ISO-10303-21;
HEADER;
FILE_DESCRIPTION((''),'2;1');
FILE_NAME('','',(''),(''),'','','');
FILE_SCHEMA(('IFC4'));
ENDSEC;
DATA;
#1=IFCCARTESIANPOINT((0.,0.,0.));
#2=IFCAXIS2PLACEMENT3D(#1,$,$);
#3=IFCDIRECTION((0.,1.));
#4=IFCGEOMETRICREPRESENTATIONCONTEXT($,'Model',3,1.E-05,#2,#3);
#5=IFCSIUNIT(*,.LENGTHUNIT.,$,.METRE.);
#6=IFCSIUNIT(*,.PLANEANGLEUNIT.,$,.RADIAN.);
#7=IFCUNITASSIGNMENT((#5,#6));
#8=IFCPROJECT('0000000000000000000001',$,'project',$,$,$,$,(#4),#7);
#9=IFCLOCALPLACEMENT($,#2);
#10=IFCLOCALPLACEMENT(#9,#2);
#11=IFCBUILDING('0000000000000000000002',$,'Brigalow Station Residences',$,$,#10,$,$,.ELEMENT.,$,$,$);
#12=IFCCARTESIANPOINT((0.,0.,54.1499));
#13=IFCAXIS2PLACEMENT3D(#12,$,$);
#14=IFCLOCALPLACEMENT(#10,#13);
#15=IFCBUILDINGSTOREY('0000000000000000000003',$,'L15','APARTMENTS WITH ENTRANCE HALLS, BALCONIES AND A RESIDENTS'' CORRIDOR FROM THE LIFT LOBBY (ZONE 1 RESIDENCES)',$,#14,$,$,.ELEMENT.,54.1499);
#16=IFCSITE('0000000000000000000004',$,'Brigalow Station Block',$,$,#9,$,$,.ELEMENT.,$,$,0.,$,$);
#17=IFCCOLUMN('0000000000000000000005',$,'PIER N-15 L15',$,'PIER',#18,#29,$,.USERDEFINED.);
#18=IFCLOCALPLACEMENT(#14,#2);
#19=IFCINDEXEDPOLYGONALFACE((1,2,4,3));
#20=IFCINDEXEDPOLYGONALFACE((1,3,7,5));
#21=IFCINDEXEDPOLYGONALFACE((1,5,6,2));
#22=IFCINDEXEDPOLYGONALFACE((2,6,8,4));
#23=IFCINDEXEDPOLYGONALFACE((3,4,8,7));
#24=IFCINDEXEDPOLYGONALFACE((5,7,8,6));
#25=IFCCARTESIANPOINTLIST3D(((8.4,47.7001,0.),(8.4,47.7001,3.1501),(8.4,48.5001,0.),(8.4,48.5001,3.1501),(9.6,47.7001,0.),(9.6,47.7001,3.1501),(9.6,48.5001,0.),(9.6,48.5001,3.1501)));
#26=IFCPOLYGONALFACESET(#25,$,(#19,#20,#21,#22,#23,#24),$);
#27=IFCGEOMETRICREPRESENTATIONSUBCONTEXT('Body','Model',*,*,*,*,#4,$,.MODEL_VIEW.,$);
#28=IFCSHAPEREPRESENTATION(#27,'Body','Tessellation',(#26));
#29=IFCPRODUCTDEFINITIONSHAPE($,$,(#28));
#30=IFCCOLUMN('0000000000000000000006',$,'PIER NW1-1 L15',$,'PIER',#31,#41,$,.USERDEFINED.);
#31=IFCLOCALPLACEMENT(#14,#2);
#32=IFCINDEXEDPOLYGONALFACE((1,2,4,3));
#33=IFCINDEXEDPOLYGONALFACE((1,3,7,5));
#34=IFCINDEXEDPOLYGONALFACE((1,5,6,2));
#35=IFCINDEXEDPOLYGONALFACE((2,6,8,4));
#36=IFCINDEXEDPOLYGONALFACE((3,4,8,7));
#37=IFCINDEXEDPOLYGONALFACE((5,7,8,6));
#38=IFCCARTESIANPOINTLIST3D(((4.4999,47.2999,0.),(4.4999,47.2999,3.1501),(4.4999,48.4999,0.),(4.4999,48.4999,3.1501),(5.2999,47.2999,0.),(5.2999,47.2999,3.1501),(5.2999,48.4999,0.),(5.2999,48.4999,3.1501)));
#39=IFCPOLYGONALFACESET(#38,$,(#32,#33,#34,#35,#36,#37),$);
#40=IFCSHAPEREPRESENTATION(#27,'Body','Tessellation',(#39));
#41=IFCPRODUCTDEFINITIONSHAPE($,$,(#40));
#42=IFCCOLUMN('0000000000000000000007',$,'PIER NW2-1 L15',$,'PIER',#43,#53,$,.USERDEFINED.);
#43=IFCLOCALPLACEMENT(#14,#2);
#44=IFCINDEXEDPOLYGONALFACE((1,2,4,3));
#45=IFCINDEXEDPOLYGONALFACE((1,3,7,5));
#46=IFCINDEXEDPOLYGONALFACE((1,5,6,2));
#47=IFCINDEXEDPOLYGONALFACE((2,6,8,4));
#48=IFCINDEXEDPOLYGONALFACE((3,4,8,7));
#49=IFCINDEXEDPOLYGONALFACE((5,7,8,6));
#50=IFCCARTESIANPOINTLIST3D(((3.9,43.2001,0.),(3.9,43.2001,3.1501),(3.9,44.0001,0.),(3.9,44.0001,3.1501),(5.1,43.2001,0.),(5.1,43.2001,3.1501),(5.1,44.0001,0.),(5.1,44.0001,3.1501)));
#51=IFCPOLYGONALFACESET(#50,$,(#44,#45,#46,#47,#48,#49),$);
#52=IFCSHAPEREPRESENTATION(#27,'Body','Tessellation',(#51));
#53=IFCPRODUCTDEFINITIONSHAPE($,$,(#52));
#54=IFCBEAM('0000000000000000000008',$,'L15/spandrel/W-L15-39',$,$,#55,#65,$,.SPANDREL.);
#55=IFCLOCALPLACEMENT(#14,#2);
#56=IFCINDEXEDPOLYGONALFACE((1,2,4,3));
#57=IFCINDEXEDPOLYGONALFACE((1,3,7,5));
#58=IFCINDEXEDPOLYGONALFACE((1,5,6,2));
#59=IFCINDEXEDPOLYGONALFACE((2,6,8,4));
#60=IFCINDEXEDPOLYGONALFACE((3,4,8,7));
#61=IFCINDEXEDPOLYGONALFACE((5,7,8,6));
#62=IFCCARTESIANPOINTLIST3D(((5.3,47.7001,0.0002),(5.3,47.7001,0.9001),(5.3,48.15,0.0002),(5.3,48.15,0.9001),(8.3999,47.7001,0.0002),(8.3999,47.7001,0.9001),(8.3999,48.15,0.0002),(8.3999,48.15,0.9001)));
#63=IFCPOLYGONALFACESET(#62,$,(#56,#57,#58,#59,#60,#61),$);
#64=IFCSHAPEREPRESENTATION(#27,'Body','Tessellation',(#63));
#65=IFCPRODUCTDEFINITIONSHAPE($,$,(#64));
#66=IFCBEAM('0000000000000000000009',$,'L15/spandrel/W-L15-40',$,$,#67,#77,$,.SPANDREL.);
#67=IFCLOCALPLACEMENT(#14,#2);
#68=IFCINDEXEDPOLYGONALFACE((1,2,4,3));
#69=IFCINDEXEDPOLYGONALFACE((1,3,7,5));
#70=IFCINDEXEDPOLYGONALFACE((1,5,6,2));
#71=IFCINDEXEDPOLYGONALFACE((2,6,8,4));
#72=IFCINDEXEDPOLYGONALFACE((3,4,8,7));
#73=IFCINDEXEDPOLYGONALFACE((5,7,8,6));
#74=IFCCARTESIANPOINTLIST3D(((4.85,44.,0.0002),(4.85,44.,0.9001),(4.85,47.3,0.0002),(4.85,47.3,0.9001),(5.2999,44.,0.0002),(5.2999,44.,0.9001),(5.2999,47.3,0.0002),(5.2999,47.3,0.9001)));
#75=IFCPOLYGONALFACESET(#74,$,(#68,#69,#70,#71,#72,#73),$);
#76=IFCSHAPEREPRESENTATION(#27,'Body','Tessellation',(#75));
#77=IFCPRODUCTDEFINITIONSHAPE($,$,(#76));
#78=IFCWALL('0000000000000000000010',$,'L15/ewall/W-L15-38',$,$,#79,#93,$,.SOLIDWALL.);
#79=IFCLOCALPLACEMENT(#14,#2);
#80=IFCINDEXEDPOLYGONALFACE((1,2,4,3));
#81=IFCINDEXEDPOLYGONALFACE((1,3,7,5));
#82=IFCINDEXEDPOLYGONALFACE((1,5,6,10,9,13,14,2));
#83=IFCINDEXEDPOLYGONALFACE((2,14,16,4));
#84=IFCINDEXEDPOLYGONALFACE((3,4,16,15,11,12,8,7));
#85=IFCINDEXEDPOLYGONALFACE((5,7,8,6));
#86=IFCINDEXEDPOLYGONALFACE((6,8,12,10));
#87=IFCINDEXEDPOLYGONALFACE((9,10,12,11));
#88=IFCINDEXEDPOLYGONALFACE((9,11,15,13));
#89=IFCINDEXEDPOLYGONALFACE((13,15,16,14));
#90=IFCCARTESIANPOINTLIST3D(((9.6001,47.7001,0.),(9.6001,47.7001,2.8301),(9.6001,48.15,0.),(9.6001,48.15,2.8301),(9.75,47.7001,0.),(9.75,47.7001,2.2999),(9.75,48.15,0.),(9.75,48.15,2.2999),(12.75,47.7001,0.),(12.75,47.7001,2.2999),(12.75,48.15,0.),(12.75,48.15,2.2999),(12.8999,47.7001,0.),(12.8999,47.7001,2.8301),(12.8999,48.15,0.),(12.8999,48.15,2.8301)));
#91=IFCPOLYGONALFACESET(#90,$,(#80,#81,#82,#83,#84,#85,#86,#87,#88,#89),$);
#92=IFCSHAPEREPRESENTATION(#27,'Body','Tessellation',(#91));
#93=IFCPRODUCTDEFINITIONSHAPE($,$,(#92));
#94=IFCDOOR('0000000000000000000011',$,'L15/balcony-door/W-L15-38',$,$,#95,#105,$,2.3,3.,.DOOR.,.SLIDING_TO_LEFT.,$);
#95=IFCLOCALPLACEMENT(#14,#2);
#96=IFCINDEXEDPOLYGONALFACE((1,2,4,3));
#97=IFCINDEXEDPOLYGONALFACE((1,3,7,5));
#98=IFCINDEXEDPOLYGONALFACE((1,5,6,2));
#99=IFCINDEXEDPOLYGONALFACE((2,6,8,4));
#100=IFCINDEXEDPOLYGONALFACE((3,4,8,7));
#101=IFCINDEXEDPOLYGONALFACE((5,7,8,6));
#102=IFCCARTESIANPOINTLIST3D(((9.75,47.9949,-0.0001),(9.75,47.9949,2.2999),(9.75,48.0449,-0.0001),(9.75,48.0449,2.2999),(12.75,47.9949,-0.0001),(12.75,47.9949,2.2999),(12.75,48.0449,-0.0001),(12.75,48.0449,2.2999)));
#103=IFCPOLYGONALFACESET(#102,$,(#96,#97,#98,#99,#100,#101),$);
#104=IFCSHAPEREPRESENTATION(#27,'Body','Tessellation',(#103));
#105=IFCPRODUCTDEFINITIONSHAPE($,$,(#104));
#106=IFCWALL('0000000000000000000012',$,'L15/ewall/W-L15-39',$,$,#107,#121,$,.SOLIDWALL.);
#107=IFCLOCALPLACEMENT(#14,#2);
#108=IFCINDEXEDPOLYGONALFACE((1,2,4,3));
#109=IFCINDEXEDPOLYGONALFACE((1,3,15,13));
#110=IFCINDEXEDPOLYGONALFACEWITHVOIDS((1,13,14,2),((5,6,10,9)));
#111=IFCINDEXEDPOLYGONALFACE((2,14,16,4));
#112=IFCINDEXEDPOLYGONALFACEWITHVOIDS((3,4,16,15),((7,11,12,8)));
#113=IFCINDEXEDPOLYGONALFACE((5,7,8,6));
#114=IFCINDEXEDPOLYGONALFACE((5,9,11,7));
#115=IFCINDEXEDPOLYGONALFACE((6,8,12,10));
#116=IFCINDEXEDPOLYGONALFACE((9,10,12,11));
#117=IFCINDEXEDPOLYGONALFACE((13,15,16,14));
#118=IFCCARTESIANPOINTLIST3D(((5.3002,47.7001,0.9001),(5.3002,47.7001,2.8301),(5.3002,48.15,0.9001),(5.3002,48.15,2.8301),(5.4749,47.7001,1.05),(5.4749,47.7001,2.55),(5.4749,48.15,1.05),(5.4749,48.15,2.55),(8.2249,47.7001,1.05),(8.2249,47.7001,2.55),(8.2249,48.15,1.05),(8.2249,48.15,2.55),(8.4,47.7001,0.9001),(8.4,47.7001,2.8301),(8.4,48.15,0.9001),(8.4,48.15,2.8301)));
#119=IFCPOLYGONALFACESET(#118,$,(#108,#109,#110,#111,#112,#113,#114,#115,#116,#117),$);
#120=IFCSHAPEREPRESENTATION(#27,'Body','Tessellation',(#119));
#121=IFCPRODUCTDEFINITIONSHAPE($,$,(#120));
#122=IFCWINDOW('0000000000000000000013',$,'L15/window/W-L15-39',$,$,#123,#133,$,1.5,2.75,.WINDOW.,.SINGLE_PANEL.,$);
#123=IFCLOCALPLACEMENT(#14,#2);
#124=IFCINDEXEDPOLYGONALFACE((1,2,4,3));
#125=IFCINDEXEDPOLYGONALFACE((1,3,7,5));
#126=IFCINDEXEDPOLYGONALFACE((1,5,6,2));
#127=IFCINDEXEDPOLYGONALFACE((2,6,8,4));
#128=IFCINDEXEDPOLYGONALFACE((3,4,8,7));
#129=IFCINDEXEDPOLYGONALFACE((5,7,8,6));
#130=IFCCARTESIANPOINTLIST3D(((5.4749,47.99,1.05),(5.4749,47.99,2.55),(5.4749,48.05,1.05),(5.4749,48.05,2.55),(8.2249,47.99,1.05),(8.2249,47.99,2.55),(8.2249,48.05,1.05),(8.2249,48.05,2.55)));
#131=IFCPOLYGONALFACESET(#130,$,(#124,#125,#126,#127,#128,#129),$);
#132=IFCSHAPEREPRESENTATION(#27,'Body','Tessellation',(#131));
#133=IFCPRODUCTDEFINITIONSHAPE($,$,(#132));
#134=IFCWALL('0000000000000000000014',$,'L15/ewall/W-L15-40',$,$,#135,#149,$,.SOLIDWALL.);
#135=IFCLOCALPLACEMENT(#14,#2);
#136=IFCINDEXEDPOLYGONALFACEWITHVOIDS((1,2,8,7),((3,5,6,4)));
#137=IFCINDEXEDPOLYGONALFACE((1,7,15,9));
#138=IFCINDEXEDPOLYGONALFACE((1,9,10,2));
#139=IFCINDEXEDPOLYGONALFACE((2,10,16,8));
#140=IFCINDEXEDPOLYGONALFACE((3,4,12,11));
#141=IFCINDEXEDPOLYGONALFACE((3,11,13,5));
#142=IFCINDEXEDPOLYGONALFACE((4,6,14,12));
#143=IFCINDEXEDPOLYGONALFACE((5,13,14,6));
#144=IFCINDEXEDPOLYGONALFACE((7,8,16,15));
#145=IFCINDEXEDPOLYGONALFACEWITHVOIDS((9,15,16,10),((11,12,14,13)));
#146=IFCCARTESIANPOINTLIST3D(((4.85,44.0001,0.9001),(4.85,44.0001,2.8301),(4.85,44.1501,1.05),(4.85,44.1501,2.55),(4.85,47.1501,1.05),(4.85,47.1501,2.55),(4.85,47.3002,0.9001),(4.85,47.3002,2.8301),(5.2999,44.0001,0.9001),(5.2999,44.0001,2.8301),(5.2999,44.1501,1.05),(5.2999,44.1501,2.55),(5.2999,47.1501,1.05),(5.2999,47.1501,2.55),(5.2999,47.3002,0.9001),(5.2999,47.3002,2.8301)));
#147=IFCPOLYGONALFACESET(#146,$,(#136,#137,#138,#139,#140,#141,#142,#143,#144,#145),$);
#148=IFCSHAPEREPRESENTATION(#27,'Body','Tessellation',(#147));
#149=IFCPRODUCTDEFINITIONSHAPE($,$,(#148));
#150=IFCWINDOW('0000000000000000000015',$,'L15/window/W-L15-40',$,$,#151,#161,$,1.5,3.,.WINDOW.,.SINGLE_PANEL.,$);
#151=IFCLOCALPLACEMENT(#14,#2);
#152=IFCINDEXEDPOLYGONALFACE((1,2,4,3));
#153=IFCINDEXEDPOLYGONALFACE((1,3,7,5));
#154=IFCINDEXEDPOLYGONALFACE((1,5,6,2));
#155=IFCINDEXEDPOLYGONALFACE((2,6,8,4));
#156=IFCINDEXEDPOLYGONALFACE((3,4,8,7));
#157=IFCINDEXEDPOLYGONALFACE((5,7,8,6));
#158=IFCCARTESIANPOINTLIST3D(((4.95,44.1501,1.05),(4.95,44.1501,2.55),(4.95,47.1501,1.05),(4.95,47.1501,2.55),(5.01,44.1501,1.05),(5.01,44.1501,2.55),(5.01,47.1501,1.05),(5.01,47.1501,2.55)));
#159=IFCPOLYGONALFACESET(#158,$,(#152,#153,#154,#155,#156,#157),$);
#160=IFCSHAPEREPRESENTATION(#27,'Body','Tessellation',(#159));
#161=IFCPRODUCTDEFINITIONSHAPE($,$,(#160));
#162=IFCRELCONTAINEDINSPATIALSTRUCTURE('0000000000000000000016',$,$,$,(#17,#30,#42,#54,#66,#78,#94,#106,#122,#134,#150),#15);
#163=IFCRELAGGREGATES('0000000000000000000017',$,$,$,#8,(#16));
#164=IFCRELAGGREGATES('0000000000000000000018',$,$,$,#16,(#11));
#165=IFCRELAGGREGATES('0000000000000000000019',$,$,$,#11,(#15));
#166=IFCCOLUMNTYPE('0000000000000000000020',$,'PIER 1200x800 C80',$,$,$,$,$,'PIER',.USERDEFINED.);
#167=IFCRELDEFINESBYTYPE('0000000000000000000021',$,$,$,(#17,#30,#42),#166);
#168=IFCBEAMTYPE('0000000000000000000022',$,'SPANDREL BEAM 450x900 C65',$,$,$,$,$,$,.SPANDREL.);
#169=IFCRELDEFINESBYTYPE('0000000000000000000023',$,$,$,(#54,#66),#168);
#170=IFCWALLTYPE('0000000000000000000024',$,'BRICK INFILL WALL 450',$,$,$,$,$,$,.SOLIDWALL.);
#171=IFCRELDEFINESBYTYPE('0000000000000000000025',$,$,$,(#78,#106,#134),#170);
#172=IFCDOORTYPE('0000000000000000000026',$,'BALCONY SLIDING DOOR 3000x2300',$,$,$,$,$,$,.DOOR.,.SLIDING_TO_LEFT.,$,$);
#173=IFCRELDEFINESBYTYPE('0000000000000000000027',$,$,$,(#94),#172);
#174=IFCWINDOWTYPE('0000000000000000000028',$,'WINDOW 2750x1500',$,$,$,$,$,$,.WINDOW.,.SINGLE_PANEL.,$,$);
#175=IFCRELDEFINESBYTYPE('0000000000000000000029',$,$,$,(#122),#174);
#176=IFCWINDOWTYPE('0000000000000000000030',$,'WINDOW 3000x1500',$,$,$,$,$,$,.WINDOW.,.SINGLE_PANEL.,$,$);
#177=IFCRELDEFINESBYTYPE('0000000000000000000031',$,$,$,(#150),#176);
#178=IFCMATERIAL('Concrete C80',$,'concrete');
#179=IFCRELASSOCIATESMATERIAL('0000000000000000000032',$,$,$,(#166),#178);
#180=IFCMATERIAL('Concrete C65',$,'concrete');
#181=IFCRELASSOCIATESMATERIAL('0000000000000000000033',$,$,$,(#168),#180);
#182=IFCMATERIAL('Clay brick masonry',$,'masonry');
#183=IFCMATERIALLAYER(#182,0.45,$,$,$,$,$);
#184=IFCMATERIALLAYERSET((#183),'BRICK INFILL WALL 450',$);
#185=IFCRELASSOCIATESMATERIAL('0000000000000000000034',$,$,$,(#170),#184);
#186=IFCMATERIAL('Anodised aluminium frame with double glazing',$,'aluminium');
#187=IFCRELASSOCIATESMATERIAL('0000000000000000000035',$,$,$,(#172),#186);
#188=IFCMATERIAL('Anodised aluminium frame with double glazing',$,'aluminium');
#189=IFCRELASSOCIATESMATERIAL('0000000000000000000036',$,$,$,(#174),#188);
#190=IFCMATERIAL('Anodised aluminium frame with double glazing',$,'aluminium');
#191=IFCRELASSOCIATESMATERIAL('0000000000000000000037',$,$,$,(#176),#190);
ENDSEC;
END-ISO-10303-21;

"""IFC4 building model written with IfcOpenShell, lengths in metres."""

from ifc_helpers import new_model, si_unit, direction, frame, frame_2d, origin, origin_2d, place, context, subcontext, project, spatial, rectangle, extrude, material, layer, layer_set, material_profile, profile_set, type_object, element, fill, save


model = new_model("IFC4")

# Units and contexts
model_context = context("Model", 3, precision=1e-05, world=origin(), true_north=direction((0.0, 1.0)))
body_context = subcontext(model_context, "Body", "Model", "MODEL_VIEW")
ifc_project = project(units=[si_unit("LENGTHUNIT", "METRE"), si_unit("PLANEANGLEUNIT", "RADIAN")], contexts=[model_context])

# Site, building, storey
site_placement = place(None, origin())
site = spatial("IfcSite", under=ifc_project, at=site_placement, Name="Brigalow Station Block", CompositionType="ELEMENT", RefElevation=0.0)
building_placement = place(site_placement, origin())
building = spatial("IfcBuilding", under=site, at=building_placement, Name="Brigalow Station Residences", CompositionType="ELEMENT")
storey_placement = place(building_placement, frame((0.0, 0.0, 54.1499)))
storey = spatial("IfcBuildingStorey", under=building, at=storey_placement, Name="L15", Description="APARTMENTS WITH ENTRANCE HALLS, BALCONIES AND A RESIDENTS' CORRIDOR FROM THE LIFT LOBBY (ZONE 1 RESIDENCES)", CompositionType="ELEMENT", Elevation=54.1499)

# Columns
ifc_material_1 = material(Name="Concrete C80", Category="concrete")
ifc_material_profile_1 = material_profile(ifc_material_1, rectangle(XDim=1.2, YDim=0.8, at=origin_2d()), Name="RC1200x800")
ifc_profile_set_1 = profile_set([ifc_material_profile_1], Name="Concrete C80")
column_type = type_object("IfcColumnType", Name="PIER 1200x800 C80", ElementType="PIER", PredefinedType="USERDEFINED", material=ifc_profile_set_1)
for number, where, z_axis, x_axis, name in (
    (1, (9.0, 48.1001, 0.0), (0.0, 0.0, 1.0), (-1.0, 0.0, 0.0), "PIER N-15 L15"),
    (2, (4.8999, 47.8999, 0.0), (0.0, 0.0, 1.0), (0.0, -1.0, 0.0), "PIER NW1-1 L15"),
    (3, (4.5, 43.6001, 0.0), (0.0, 0.0, 1.0), (-1.0, 0.0, 0.0), "PIER NW2-1 L15"),
):
    element("IfcColumn", number, at=place(storey_placement, frame(where, z_axis=z_axis, x_axis=x_axis)), inside=storey, type_object=column_type, Name=name, ObjectType="PIER", PredefinedType="USERDEFINED", context=body_context, shape_type="SweptSolid", body=[
        extrude(rectangle(XDim=1.2, YDim=0.8, at=origin_2d()), origin(), (0.0, 0.0, 1.0), 3.1501),
    ])

# Beams
ifc_material_2 = material(Name="Concrete C65", Category="concrete")
ifc_material_profile_2 = material_profile(ifc_material_2, rectangle(XDim=0.45, YDim=0.8999, at=origin_2d()), Name="RC450x900")
ifc_profile_set_2 = profile_set([ifc_material_profile_2], Name="Concrete C65")
beam_type = type_object("IfcBeamType", Name="SPANDREL BEAM 450x900 C65", PredefinedType="SPANDREL", material=ifc_profile_set_2)
beam_1_placement = place(storey_placement, frame((8.3999, 47.925, 0.4502), z_axis=(-1.0, 0.0, 0.0), x_axis=(0.0, -1.0, 0.0)))
element("IfcBeam", 4, at=beam_1_placement, inside=storey, type_object=beam_type, Name="L15/spandrel/W-L15-39", PredefinedType="SPANDREL", context=body_context, shape_type="SweptSolid", body=[
    extrude(rectangle(XDim=0.45, YDim=0.8999, at=origin_2d()), origin(), (0.0, 0.0, 1.0), 3.0999),
])
beam_2_placement = place(storey_placement, frame((5.075, 47.3, 0.4502), z_axis=(0.0, -1.0, 0.0), x_axis=(1.0, 0.0, 0.0)))
element("IfcBeam", 5, at=beam_2_placement, inside=storey, type_object=beam_type, Name="L15/spandrel/W-L15-40", PredefinedType="SPANDREL", context=body_context, shape_type="SweptSolid", body=[
    extrude(rectangle(XDim=0.45, YDim=0.8999, at=origin_2d()), origin(), (0.0, 0.0, 1.0), 3.3),
])

# Wall, opening, door
ifc_material_3 = material(Name="Clay brick masonry", Category="masonry")
ifc_layer_1 = layer(ifc_material_3, 0.45)
ifc_layer_set_1 = layer_set([ifc_layer_1], Name="BRICK INFILL WALL 450")
wall_type_1 = type_object("IfcWallType", Name="BRICK INFILL WALL 450", PredefinedType="SOLIDWALL", material=ifc_layer_set_1)
wall_1_placement = place(storey_placement, frame((12.8999, 47.925, 0.0), z_axis=(0.0, 0.0, 1.0), x_axis=(-1.0, 0.0, 0.0)))
wall_1 = element("IfcWall", 6, at=wall_1_placement, inside=storey, type_object=wall_type_1, Name="L15/ewall/W-L15-38", PredefinedType="SOLIDWALL", context=body_context, shape_type="SweptSolid", body=[
    extrude(rectangle(XDim=3.2998, YDim=0.45, at=frame_2d((1.6499, 0.0))), origin(), (0.0, 0.0, 1.0), 2.8301),
])
opening_1_placement = place(wall_1_placement, frame((0.1499, 0.0, 0.0)))
opening_1 = element("IfcOpeningElement", 7, at=opening_1_placement, cuts=wall_1, PredefinedType="OPENING", context=body_context, shape_type="SweptSolid", body=[
    extrude(rectangle(XDim=3.0, YDim=2.3, at=frame_2d((1.5, 1.1499))), frame((0.0, 0.2349, 0.0), z_axis=(0.0, -1.0, 0.0), x_axis=(1.0, 0.0, 0.0)), (0.0, 0.0, 1.0), 0.47),
])
ifc_material_4 = material(Name="Anodised aluminium frame with double glazing", Category="aluminium")
door_type_1 = type_object("IfcDoorType", Name="BALCONY SLIDING DOOR 3000x2300", OperationType="SLIDING_TO_LEFT", PredefinedType="DOOR", material=ifc_material_4)
door_1_placement = place(opening_1_placement, origin())
door_1 = element("IfcDoor", 8, at=door_1_placement, inside=storey, type_object=door_type_1, Name="L15/balcony-door/W-L15-38", OperationType="SLIDING_TO_LEFT", OverallHeight=2.3, OverallWidth=3.0, PredefinedType="DOOR", context=body_context, shape_type="SweptSolid", body=[
    extrude(rectangle(XDim=3.0, YDim=2.3, at=frame_2d((1.5, 1.1499))), frame((0.0, -0.0698, 0.0), z_axis=(0.0, -1.0, 0.0), x_axis=(1.0, 0.0, 0.0)), (0.0, 0.0, 1.0), 0.05),
])
fill(opening_1, door_1)

# Walls, openings, windows
wall_2_placement = place(storey_placement, frame((8.3999, 47.925, 0.9001), z_axis=(0.0, 0.0, 1.0), x_axis=(-1.0, 0.0, 0.0)))
wall_2 = element("IfcWall", 9, at=wall_2_placement, inside=storey, type_object=wall_type_1, Name="L15/ewall/W-L15-39", PredefinedType="SOLIDWALL", context=body_context, shape_type="SweptSolid", body=[
    extrude(rectangle(XDim=3.0999, YDim=0.45, at=frame_2d((1.5498, 0.0))), origin(), (0.0, 0.0, 1.0), 1.9299),
])
opening_2_placement = place(wall_2_placement, frame((0.175, 0.0, 0.1499)))
opening_2 = element("IfcOpeningElement", 10, at=opening_2_placement, cuts=wall_2, PredefinedType="OPENING", context=body_context, shape_type="SweptSolid", body=[
    extrude(rectangle(XDim=2.75, YDim=1.5, at=frame_2d((1.375, 0.75))), frame((0.0, 0.2349, 0.0), z_axis=(0.0, -1.0, 0.0), x_axis=(1.0, 0.0, 0.0)), (0.0, 0.0, 1.0), 0.47),
])
ifc_material_5 = material(Name="Anodised aluminium frame with double glazing", Category="aluminium")
window_type_1 = type_object("IfcWindowType", Name="WINDOW 2750x1500", PartitioningType="SINGLE_PANEL", PredefinedType="WINDOW", material=ifc_material_5)
window_1_placement = place(opening_2_placement, origin())
window_1 = element("IfcWindow", 11, at=window_1_placement, inside=storey, type_object=window_type_1, Name="L15/window/W-L15-39", OverallHeight=1.5, OverallWidth=2.75, PartitioningType="SINGLE_PANEL", PredefinedType="WINDOW", context=body_context, shape_type="SweptSolid", body=[
    extrude(rectangle(XDim=2.75, YDim=1.5, at=frame_2d((1.375, 0.75))), frame((0.0, -0.0649, 0.0), z_axis=(0.0, -1.0, 0.0), x_axis=(1.0, 0.0, 0.0)), (0.0, 0.0, 1.0), 0.0601),
])
fill(opening_2, window_1)
wall_3_placement = place(storey_placement, frame((5.075, 47.3, 0.9001), z_axis=(0.0, 0.0, 1.0), x_axis=(0.0, -1.0, 0.0)))
wall_3 = element("IfcWall", 12, at=wall_3_placement, inside=storey, type_object=wall_type_1, Name="L15/ewall/W-L15-40", PredefinedType="SOLIDWALL", context=body_context, shape_type="SweptSolid", body=[
    extrude(rectangle(XDim=3.3, YDim=0.45, at=frame_2d((1.6499, 0.0))), origin(), (0.0, 0.0, 1.0), 1.9299),
])
opening_3_placement = place(wall_3_placement, frame((0.1499, 0.0, 0.1499)))
opening_3 = element("IfcOpeningElement", 13, at=opening_3_placement, cuts=wall_3, PredefinedType="OPENING", context=body_context, shape_type="SweptSolid", body=[
    extrude(rectangle(XDim=3.0, YDim=1.5, at=frame_2d((1.5, 0.75))), frame((0.0, 0.2349, 0.0), z_axis=(0.0, -1.0, 0.0), x_axis=(1.0, 0.0, 0.0)), (0.0, 0.0, 1.0), 0.47),
])
ifc_material_6 = material(Name="Anodised aluminium frame with double glazing", Category="aluminium")
window_type_2 = type_object("IfcWindowType", Name="WINDOW 3000x1500", PartitioningType="SINGLE_PANEL", PredefinedType="WINDOW", material=ifc_material_6)
window_2_placement = place(opening_3_placement, origin())
window_2 = element("IfcWindow", 14, at=window_2_placement, inside=storey, type_object=window_type_2, Name="L15/window/W-L15-40", OverallHeight=1.5, OverallWidth=3.0, PartitioningType="SINGLE_PANEL", PredefinedType="WINDOW", context=body_context, shape_type="SweptSolid", body=[
    extrude(rectangle(XDim=3.0, YDim=1.5, at=frame_2d((1.5, 0.75))), frame((0.0, -0.0649, 0.0), z_axis=(0.0, -1.0, 0.0), x_axis=(1.0, 0.0, 0.0)), (0.0, 0.0, 1.0), 0.0601),
])
fill(opening_3, window_2)

save(model, "model.ifc")
